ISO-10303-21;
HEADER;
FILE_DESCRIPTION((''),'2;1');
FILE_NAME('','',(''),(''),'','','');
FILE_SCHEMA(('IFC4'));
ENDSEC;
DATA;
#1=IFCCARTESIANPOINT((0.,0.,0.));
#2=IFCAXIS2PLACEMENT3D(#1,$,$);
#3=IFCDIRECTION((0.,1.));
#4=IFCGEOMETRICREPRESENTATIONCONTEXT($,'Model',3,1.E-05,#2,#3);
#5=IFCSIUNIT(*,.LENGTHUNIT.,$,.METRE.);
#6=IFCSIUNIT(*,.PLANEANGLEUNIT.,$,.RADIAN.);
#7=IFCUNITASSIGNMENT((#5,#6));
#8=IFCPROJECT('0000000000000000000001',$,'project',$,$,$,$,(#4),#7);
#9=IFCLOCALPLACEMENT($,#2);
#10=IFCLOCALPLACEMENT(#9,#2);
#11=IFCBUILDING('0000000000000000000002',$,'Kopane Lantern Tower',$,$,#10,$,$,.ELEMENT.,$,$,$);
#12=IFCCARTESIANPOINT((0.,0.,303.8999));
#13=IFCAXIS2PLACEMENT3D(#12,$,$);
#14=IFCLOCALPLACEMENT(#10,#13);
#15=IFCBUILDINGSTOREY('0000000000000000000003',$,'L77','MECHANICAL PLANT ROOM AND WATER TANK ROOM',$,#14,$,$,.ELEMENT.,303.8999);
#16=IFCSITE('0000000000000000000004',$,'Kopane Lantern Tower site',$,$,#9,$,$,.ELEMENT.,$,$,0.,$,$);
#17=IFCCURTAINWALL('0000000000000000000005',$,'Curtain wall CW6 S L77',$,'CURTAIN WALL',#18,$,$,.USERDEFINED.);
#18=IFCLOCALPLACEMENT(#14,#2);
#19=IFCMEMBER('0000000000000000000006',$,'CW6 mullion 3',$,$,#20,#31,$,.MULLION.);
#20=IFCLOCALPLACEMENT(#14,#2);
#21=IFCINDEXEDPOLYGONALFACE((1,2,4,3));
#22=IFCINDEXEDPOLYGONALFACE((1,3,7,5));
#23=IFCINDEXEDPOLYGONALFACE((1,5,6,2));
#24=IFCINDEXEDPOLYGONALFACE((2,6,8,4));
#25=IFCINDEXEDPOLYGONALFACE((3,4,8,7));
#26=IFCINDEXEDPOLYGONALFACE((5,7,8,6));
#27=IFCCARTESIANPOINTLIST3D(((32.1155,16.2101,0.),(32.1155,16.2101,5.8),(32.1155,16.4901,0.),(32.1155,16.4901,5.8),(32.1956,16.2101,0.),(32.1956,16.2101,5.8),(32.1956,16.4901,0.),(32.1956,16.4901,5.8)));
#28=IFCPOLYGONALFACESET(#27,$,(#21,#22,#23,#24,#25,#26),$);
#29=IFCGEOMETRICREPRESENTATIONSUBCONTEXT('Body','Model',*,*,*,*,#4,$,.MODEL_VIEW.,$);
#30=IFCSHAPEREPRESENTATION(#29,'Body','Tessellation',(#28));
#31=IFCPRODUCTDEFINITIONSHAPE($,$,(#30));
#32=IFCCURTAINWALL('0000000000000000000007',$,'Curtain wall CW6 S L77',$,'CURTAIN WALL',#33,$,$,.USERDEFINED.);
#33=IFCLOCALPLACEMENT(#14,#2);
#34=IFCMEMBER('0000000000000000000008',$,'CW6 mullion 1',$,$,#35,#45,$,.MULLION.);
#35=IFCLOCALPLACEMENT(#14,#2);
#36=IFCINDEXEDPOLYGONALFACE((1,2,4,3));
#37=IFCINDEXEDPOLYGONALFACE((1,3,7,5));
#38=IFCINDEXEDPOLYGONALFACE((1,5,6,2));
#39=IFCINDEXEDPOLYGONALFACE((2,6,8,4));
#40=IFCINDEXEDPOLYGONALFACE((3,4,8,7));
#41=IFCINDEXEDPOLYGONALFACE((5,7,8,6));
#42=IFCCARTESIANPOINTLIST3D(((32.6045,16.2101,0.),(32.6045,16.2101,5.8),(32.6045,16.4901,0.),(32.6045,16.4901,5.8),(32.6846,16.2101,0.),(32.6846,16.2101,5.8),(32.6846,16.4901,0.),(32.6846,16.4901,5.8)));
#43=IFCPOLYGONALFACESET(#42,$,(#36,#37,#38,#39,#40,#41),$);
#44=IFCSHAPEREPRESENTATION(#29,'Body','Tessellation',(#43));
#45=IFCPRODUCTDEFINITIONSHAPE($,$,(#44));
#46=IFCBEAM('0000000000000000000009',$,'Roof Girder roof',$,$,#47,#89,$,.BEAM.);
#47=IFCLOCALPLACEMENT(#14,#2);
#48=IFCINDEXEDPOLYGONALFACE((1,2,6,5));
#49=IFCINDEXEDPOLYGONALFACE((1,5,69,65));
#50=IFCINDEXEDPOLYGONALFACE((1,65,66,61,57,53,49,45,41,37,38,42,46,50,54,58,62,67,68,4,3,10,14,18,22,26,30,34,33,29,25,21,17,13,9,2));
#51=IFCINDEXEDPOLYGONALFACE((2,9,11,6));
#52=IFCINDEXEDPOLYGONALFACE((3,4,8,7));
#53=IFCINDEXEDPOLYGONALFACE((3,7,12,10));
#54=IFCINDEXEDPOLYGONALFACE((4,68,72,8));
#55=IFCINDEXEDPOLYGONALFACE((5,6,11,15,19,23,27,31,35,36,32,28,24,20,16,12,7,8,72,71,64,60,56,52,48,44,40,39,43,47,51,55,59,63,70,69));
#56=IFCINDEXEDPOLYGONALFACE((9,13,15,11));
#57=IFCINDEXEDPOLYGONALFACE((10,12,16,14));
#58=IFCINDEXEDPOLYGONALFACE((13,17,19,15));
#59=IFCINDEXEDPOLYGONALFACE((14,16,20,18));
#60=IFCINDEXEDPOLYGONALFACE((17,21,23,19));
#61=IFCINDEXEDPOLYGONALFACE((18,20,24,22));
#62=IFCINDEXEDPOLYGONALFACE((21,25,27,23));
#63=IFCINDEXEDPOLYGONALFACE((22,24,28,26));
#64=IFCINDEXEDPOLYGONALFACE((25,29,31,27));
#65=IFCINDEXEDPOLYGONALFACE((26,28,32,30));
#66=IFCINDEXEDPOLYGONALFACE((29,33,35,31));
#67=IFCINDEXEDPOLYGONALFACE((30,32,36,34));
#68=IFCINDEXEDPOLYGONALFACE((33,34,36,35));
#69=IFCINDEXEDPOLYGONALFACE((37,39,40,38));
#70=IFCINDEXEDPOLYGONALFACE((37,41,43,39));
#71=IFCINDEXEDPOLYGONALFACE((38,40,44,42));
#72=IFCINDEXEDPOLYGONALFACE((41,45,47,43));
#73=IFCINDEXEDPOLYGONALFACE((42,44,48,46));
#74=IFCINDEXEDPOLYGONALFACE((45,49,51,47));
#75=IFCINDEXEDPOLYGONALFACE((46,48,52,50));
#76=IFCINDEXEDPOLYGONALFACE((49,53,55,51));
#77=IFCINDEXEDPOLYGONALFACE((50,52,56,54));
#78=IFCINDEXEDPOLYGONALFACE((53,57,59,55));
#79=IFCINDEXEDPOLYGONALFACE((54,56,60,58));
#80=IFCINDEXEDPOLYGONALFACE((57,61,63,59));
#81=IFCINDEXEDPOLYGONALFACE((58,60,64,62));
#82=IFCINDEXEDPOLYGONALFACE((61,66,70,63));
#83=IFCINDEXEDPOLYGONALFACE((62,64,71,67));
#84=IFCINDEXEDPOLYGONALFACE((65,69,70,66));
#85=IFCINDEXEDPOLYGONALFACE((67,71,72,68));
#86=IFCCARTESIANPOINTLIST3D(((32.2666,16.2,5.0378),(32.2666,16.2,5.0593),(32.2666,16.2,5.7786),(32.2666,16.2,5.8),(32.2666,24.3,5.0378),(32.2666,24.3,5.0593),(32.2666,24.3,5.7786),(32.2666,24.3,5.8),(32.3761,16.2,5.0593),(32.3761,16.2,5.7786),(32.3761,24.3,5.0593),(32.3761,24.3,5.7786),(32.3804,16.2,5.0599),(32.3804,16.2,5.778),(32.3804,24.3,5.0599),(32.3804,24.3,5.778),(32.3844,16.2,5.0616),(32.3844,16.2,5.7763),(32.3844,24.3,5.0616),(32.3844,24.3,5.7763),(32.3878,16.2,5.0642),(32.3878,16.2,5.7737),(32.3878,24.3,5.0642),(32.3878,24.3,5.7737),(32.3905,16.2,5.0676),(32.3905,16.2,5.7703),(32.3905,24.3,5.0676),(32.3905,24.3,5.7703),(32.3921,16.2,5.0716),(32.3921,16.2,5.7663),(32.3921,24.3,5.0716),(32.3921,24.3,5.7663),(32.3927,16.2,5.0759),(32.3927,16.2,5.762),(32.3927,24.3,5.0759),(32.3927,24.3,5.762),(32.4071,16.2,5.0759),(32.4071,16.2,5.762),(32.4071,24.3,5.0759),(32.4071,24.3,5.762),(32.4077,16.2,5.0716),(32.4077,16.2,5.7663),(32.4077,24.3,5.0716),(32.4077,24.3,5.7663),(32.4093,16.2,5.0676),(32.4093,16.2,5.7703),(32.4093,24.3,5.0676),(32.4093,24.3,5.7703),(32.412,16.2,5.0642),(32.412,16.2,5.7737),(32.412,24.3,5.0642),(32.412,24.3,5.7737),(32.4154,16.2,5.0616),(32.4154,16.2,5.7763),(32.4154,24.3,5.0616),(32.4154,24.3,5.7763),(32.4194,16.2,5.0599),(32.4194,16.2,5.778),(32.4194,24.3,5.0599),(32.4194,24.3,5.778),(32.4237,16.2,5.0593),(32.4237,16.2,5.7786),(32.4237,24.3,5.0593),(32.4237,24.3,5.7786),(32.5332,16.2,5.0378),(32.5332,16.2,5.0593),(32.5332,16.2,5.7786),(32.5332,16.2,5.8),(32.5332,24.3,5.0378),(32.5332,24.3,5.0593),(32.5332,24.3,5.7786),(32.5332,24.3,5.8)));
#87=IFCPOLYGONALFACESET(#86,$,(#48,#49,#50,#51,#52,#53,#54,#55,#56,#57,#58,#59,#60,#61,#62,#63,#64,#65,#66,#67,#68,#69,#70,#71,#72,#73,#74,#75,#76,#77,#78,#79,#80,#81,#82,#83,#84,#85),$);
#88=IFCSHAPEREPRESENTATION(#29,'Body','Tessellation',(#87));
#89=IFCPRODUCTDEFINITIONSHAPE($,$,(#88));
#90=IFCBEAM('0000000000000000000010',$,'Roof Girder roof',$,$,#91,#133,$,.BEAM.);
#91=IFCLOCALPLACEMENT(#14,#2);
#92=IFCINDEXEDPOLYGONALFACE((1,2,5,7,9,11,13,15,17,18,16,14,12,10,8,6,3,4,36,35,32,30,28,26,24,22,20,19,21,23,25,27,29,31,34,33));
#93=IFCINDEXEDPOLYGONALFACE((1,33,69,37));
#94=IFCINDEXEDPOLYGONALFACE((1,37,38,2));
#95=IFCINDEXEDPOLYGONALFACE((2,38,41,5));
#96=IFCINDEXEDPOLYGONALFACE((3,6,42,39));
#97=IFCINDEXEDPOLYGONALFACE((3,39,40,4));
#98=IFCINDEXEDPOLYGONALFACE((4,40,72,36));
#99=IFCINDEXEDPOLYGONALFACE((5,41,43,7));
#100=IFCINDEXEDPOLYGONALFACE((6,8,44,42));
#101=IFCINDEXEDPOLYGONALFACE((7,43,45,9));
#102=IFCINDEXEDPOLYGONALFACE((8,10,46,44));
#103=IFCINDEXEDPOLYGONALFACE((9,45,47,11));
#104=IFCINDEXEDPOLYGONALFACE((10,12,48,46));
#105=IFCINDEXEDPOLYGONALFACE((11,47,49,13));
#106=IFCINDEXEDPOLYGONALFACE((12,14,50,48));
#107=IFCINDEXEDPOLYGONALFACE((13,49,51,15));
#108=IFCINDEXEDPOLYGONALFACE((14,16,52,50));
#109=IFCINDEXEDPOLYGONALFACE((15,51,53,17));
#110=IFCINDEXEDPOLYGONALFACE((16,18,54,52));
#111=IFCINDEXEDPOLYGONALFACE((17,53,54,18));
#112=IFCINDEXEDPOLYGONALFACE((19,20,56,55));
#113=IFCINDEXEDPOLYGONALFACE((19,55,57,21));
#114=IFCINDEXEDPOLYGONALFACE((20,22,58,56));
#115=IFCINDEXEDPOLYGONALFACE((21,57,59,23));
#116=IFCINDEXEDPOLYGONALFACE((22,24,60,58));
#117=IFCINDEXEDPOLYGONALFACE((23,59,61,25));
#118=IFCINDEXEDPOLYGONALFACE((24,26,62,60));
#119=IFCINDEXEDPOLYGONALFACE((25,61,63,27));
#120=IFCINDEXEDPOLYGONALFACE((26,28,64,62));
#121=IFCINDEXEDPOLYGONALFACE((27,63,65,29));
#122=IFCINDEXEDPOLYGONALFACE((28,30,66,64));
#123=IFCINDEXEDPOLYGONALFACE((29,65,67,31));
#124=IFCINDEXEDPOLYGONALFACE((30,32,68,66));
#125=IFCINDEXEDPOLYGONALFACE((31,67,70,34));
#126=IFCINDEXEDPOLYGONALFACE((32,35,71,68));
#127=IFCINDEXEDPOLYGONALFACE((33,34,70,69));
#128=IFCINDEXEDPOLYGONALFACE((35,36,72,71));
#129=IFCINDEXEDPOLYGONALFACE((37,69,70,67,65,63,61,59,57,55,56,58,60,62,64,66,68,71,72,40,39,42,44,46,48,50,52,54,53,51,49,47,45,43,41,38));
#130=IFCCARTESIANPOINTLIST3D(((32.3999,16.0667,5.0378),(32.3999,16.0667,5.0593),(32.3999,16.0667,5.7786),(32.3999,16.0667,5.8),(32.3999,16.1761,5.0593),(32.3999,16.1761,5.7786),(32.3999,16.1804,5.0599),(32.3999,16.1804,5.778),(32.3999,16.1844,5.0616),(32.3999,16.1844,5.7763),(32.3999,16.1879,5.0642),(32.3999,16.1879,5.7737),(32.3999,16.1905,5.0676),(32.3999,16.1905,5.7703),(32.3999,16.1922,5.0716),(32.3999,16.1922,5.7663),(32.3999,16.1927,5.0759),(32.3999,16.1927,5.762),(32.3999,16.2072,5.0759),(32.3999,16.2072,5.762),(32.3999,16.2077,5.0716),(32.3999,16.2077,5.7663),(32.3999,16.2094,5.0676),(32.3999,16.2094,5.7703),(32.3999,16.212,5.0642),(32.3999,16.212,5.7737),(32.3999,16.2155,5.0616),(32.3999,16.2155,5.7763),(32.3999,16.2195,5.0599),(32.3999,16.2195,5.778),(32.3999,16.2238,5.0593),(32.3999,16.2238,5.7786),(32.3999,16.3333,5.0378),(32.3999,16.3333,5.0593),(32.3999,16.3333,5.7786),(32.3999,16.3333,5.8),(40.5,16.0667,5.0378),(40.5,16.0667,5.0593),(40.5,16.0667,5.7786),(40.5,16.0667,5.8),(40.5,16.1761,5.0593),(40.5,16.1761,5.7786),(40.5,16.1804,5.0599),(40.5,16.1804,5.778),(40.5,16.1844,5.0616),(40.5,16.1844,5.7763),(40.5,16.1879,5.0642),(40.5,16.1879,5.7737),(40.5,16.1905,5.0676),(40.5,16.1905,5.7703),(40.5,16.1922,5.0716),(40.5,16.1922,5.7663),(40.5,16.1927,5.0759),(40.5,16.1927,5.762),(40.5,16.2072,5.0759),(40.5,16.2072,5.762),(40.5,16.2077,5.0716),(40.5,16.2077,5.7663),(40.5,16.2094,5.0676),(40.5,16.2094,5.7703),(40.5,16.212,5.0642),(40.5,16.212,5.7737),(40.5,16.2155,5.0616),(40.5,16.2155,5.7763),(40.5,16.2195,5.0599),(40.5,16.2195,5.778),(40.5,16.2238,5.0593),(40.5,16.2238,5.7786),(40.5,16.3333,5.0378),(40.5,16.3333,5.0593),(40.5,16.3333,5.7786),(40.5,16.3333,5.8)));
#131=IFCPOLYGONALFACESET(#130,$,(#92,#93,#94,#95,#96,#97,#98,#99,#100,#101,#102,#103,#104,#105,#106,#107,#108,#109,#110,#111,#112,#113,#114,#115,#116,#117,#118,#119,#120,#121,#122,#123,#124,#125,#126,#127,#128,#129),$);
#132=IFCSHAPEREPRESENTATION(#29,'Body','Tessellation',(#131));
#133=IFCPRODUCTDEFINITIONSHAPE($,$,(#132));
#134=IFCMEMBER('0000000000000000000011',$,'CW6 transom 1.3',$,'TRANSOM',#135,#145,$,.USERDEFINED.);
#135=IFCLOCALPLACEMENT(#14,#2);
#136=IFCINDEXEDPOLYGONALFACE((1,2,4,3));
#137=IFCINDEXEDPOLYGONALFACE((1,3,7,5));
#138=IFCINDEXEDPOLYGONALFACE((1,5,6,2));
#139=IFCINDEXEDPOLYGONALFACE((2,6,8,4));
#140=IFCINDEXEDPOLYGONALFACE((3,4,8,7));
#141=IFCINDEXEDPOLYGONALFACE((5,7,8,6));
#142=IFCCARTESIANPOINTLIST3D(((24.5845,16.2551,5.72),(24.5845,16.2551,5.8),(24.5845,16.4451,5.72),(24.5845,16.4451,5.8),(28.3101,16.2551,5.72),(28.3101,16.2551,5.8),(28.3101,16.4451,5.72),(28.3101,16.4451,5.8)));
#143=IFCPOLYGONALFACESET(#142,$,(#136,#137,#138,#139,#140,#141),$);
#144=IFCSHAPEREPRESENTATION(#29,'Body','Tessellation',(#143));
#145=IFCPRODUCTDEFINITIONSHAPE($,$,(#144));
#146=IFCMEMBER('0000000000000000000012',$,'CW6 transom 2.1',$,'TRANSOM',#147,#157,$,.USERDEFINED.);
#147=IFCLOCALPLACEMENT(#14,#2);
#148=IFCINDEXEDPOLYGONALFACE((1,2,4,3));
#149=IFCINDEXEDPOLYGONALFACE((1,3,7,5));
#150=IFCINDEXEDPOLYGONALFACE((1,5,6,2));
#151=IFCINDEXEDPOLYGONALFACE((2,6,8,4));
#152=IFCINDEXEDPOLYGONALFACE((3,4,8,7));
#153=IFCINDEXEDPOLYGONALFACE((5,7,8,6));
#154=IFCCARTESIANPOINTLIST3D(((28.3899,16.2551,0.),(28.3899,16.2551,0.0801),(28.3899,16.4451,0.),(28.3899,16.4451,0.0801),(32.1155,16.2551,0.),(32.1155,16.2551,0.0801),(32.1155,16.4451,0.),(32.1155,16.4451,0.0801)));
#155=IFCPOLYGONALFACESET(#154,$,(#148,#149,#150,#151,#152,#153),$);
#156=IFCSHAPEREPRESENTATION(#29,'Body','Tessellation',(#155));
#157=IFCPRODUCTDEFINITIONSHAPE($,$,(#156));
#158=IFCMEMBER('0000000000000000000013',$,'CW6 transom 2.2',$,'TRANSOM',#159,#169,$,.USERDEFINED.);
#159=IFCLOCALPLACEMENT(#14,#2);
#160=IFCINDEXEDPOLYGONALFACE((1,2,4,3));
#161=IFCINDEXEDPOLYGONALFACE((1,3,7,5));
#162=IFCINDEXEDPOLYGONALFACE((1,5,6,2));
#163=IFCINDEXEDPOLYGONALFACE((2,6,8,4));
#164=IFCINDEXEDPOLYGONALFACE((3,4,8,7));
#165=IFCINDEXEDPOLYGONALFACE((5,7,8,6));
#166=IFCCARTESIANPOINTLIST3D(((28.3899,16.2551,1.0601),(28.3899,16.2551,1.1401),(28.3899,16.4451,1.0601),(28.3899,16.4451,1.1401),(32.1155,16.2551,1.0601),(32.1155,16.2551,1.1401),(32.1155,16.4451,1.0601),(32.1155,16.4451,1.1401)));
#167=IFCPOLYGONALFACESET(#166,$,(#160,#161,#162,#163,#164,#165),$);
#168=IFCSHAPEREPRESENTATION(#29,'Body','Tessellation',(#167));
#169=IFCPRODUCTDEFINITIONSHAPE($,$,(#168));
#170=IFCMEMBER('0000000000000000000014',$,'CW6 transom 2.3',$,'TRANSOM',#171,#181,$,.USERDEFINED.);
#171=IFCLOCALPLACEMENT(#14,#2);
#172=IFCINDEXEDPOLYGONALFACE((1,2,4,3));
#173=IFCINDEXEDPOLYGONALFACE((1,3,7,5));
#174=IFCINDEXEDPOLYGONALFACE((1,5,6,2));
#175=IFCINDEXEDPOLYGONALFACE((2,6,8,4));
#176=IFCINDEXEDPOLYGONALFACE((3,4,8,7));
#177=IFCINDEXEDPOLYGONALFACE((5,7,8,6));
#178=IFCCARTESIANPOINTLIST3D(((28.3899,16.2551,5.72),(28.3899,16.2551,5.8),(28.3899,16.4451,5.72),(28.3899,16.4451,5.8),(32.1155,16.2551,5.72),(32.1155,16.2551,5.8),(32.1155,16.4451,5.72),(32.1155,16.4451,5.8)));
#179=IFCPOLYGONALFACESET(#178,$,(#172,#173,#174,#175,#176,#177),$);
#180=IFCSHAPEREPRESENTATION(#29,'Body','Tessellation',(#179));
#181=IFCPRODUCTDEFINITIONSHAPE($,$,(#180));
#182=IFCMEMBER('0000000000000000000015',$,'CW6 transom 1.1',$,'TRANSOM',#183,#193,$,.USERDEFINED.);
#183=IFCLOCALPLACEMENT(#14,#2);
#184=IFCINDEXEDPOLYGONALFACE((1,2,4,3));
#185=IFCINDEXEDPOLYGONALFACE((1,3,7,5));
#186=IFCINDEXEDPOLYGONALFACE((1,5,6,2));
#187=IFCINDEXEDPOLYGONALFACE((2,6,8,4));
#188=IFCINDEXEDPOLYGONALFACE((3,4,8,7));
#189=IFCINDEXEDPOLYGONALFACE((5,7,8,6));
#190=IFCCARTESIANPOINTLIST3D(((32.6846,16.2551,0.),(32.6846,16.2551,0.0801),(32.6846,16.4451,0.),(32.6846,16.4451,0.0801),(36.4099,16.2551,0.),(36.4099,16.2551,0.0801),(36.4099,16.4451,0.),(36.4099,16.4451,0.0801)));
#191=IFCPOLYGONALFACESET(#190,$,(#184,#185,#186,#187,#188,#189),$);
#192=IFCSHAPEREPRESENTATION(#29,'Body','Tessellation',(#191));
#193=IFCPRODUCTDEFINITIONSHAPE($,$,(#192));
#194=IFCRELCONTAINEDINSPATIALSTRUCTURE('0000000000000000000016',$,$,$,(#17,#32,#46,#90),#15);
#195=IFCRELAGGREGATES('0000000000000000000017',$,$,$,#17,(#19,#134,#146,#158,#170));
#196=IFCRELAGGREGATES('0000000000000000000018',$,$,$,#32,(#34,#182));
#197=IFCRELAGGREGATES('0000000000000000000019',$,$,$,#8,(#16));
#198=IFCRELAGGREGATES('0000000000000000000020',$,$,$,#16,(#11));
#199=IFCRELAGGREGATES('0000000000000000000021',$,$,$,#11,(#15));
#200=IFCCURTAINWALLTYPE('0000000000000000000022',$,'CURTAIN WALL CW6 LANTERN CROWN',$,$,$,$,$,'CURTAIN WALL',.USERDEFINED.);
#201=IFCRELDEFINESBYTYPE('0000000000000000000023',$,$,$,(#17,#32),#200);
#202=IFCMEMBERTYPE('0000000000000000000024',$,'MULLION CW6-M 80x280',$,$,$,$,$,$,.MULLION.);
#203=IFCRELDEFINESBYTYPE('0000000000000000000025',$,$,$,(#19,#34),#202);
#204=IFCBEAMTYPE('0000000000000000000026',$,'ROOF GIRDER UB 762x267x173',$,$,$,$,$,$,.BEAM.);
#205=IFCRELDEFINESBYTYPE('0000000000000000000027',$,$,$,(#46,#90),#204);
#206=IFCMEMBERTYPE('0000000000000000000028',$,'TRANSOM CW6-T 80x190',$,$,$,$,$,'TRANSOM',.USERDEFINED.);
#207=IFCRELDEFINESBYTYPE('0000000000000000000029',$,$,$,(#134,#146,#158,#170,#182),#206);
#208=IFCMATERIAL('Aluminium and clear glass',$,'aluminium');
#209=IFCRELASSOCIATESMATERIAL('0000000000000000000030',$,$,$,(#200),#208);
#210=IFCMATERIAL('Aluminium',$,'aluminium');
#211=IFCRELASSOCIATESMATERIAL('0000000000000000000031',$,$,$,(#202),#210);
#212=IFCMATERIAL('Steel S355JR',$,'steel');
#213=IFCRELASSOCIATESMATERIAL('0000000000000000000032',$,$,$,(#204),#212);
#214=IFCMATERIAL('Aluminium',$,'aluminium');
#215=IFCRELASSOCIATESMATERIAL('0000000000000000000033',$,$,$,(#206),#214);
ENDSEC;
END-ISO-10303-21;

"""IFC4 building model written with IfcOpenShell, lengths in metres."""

from ifc_helpers import new_model, si_unit, direction, frame, origin, origin_2d, place, context, subcontext, project, spatial, rectangle, i_section, extrude, material, material_profile, profile_set, type_object, element, aggregate, save


model = new_model("IFC4")

# Units and contexts
model_context = context("Model", 3, precision=1e-05, world=origin(), true_north=direction((0.0, 1.0)))
body_context = subcontext(model_context, "Body", "Model", "MODEL_VIEW")
ifc_project = project(units=[si_unit("LENGTHUNIT", "METRE"), si_unit("PLANEANGLEUNIT", "RADIAN")], contexts=[model_context])

# Site, building, storey
site_placement = place(None, origin())
site = spatial("IfcSite", under=ifc_project, at=site_placement, Name="Kopane Lantern Tower site", CompositionType="ELEMENT", RefElevation=0.0)
building_placement = place(site_placement, origin())
building = spatial("IfcBuilding", under=site, at=building_placement, Name="Kopane Lantern Tower", CompositionType="ELEMENT")
storey_placement = place(building_placement, frame((0.0, 0.0, 303.8999)))
storey = spatial("IfcBuildingStorey", under=building, at=storey_placement, Name="L77", Description="MECHANICAL PLANT ROOM AND WATER TANK ROOM", CompositionType="ELEMENT", Elevation=303.8999)

# Curtain wall, member
ifc_material_1 = material(Name="Aluminium and clear glass", Category="aluminium")
curtain_wall_type = type_object("IfcCurtainWallType", Name="CURTAIN WALL CW6 LANTERN CROWN", ElementType="CURTAIN WALL", PredefinedType="USERDEFINED", material=ifc_material_1)
curtain_wall_1_placement = place(storey_placement, origin())
curtain_wall_1 = element("IfcCurtainWall", 1, at=curtain_wall_1_placement, inside=storey, type_object=curtain_wall_type, Name="Curtain wall CW6 S L77", ObjectType="CURTAIN WALL", PredefinedType="USERDEFINED")
ifc_material_2 = material(Name="Aluminium", Category="aluminium")
ifc_material_profile_1 = material_profile(ifc_material_2, rectangle(XDim=0.0801, YDim=0.28, at=origin_2d()), Name="AL 80x280")
ifc_profile_set_1 = profile_set([ifc_material_profile_1], Name="Aluminium")
member_type_1 = type_object("IfcMemberType", Name="MULLION CW6-M 80x280", PredefinedType="MULLION", material=ifc_profile_set_1)
member_1_placement = place(storey_placement, frame((32.1555, 16.3501, 0.0), z_axis=(0.0, 0.0, 1.0), x_axis=(1.0, 0.0, 0.0)))
member_1 = element("IfcMember", 2, at=member_1_placement, type_object=member_type_1, Name="CW6 mullion 3", PredefinedType="MULLION", context=body_context, shape_type="SweptSolid", body=[
    extrude(rectangle(XDim=0.0801, YDim=0.28, at=origin_2d()), origin(), (0.0, 0.0, 1.0), 5.8),
])

# Curtain wall, member
curtain_wall_2_placement = place(storey_placement, origin())
curtain_wall_2 = element("IfcCurtainWall", 3, at=curtain_wall_2_placement, inside=storey, type_object=curtain_wall_type, Name="Curtain wall CW6 S L77", ObjectType="CURTAIN WALL", PredefinedType="USERDEFINED")
member_2_placement = place(storey_placement, frame((32.6445, 16.3501, 0.0), z_axis=(0.0, 0.0, 1.0), x_axis=(1.0, 0.0, 0.0)))
member_2 = element("IfcMember", 4, at=member_2_placement, type_object=member_type_1, Name="CW6 mullion 1", PredefinedType="MULLION", context=body_context, shape_type="SweptSolid", body=[
    extrude(rectangle(XDim=0.0801, YDim=0.28, at=origin_2d()), origin(), (0.0, 0.0, 1.0), 5.8),
])

# Beams
ifc_material_3 = material(Name="Steel S355JR", Category="steel")
ifc_material_profile_2 = material_profile(ifc_material_3, i_section(OverallWidth=0.2666, OverallDepth=0.7622, WebThickness=0.0144, FlangeThickness=0.0215, FilletRadius=0.0166, at=origin_2d()), Name="UB 762x267x173")
ifc_profile_set_2 = profile_set([ifc_material_profile_2], Name="Steel S355JR")
beam_type_1 = type_object("IfcBeamType", Name="ROOF GIRDER UB 762x267x173", PredefinedType="BEAM", material=ifc_profile_set_2)
for number, where, z_axis, x_axis, name in (
    (5, (32.3999, 16.2, 5.4189), (0.0, 1.0, 0.0), (-1.0, 0.0, 0.0), "Roof Girder roof"),
    (6, (32.3999, 16.2, 5.4189), (1.0, 0.0, 0.0), (0.0, 1.0, 0.0), "Roof Girder roof"),
):
    element("IfcBeam", number, at=place(storey_placement, frame(where, z_axis=z_axis, x_axis=x_axis)), inside=storey, type_object=beam_type_1, Name=name, PredefinedType="BEAM", context=body_context, shape_type="SweptSolid", body=[
        extrude(i_section(OverallWidth=0.2666, OverallDepth=0.7622, WebThickness=0.0144, FlangeThickness=0.0215, FilletRadius=0.0166, at=origin_2d()), origin(), (0.0, 0.0, 1.0), 8.1001),
    ])

# Members
ifc_material_4 = material(Name="Aluminium", Category="aluminium")
ifc_material_profile_3 = material_profile(ifc_material_4, rectangle(XDim=0.1899, YDim=0.0801, at=origin_2d()), Name="AL 190x80")
ifc_profile_set_3 = profile_set([ifc_material_profile_3], Name="Aluminium")
member_type_2 = type_object("IfcMemberType", Name="TRANSOM CW6-T 80x190", ElementType="TRANSOM", PredefinedType="USERDEFINED", material=ifc_profile_set_3)
member_3_placement = place(storey_placement, frame((24.5845, 16.3501, 5.76), z_axis=(1.0, 0.0, 0.0), x_axis=(0.0, 1.0, 0.0)))
member_3 = element("IfcMember", 7, at=member_3_placement, type_object=member_type_2, Name="CW6 transom 1.3", ObjectType="TRANSOM", PredefinedType="USERDEFINED", context=body_context, shape_type="SweptSolid", body=[
    extrude(rectangle(XDim=0.1899, YDim=0.0801, at=origin_2d()), origin(), (0.0, 0.0, 1.0), 3.7256),
])
member_4_placement = place(storey_placement, frame((28.3899, 16.3501, 0.04), z_axis=(1.0, 0.0, 0.0), x_axis=(0.0, 1.0, 0.0)))
member_4 = element("IfcMember", 8, at=member_4_placement, type_object=member_type_2, Name="CW6 transom 2.1", ObjectType="TRANSOM", PredefinedType="USERDEFINED", context=body_context, shape_type="SweptSolid", body=[
    extrude(rectangle(XDim=0.1899, YDim=0.0801, at=origin_2d()), origin(), (0.0, 0.0, 1.0), 3.7256),
])
member_5_placement = place(storey_placement, frame((28.3899, 16.3501, 1.1001), z_axis=(1.0, 0.0, 0.0), x_axis=(0.0, 1.0, 0.0)))
member_5 = element("IfcMember", 9, at=member_5_placement, type_object=member_type_2, Name="CW6 transom 2.2", ObjectType="TRANSOM", PredefinedType="USERDEFINED", context=body_context, shape_type="SweptSolid", body=[
    extrude(rectangle(XDim=0.1899, YDim=0.0801, at=origin_2d()), origin(), (0.0, 0.0, 1.0), 3.7256),
])
member_6_placement = place(storey_placement, frame((28.3899, 16.3501, 5.76), z_axis=(1.0, 0.0, 0.0), x_axis=(0.0, 1.0, 0.0)))
member_6 = element("IfcMember", 10, at=member_6_placement, type_object=member_type_2, Name="CW6 transom 2.3", ObjectType="TRANSOM", PredefinedType="USERDEFINED", context=body_context, shape_type="SweptSolid", body=[
    extrude(rectangle(XDim=0.1899, YDim=0.0801, at=origin_2d()), origin(), (0.0, 0.0, 1.0), 3.7256),
])
member_7_placement = place(storey_placement, frame((32.6846, 16.3501, 0.04), z_axis=(1.0, 0.0, 0.0), x_axis=(0.0, 1.0, 0.0)))
member_7 = element("IfcMember", 11, at=member_7_placement, type_object=member_type_2, Name="CW6 transom 1.1", ObjectType="TRANSOM", PredefinedType="USERDEFINED", context=body_context, shape_type="SweptSolid", body=[
    extrude(rectangle(XDim=0.1899, YDim=0.0801, at=origin_2d()), origin(), (0.0, 0.0, 1.0), 3.7253),
])

aggregate(curtain_wall_1, [member_1, member_3, member_4, member_5, member_6])
aggregate(curtain_wall_2, [member_2, member_7])

save(model, "model.ifc")
